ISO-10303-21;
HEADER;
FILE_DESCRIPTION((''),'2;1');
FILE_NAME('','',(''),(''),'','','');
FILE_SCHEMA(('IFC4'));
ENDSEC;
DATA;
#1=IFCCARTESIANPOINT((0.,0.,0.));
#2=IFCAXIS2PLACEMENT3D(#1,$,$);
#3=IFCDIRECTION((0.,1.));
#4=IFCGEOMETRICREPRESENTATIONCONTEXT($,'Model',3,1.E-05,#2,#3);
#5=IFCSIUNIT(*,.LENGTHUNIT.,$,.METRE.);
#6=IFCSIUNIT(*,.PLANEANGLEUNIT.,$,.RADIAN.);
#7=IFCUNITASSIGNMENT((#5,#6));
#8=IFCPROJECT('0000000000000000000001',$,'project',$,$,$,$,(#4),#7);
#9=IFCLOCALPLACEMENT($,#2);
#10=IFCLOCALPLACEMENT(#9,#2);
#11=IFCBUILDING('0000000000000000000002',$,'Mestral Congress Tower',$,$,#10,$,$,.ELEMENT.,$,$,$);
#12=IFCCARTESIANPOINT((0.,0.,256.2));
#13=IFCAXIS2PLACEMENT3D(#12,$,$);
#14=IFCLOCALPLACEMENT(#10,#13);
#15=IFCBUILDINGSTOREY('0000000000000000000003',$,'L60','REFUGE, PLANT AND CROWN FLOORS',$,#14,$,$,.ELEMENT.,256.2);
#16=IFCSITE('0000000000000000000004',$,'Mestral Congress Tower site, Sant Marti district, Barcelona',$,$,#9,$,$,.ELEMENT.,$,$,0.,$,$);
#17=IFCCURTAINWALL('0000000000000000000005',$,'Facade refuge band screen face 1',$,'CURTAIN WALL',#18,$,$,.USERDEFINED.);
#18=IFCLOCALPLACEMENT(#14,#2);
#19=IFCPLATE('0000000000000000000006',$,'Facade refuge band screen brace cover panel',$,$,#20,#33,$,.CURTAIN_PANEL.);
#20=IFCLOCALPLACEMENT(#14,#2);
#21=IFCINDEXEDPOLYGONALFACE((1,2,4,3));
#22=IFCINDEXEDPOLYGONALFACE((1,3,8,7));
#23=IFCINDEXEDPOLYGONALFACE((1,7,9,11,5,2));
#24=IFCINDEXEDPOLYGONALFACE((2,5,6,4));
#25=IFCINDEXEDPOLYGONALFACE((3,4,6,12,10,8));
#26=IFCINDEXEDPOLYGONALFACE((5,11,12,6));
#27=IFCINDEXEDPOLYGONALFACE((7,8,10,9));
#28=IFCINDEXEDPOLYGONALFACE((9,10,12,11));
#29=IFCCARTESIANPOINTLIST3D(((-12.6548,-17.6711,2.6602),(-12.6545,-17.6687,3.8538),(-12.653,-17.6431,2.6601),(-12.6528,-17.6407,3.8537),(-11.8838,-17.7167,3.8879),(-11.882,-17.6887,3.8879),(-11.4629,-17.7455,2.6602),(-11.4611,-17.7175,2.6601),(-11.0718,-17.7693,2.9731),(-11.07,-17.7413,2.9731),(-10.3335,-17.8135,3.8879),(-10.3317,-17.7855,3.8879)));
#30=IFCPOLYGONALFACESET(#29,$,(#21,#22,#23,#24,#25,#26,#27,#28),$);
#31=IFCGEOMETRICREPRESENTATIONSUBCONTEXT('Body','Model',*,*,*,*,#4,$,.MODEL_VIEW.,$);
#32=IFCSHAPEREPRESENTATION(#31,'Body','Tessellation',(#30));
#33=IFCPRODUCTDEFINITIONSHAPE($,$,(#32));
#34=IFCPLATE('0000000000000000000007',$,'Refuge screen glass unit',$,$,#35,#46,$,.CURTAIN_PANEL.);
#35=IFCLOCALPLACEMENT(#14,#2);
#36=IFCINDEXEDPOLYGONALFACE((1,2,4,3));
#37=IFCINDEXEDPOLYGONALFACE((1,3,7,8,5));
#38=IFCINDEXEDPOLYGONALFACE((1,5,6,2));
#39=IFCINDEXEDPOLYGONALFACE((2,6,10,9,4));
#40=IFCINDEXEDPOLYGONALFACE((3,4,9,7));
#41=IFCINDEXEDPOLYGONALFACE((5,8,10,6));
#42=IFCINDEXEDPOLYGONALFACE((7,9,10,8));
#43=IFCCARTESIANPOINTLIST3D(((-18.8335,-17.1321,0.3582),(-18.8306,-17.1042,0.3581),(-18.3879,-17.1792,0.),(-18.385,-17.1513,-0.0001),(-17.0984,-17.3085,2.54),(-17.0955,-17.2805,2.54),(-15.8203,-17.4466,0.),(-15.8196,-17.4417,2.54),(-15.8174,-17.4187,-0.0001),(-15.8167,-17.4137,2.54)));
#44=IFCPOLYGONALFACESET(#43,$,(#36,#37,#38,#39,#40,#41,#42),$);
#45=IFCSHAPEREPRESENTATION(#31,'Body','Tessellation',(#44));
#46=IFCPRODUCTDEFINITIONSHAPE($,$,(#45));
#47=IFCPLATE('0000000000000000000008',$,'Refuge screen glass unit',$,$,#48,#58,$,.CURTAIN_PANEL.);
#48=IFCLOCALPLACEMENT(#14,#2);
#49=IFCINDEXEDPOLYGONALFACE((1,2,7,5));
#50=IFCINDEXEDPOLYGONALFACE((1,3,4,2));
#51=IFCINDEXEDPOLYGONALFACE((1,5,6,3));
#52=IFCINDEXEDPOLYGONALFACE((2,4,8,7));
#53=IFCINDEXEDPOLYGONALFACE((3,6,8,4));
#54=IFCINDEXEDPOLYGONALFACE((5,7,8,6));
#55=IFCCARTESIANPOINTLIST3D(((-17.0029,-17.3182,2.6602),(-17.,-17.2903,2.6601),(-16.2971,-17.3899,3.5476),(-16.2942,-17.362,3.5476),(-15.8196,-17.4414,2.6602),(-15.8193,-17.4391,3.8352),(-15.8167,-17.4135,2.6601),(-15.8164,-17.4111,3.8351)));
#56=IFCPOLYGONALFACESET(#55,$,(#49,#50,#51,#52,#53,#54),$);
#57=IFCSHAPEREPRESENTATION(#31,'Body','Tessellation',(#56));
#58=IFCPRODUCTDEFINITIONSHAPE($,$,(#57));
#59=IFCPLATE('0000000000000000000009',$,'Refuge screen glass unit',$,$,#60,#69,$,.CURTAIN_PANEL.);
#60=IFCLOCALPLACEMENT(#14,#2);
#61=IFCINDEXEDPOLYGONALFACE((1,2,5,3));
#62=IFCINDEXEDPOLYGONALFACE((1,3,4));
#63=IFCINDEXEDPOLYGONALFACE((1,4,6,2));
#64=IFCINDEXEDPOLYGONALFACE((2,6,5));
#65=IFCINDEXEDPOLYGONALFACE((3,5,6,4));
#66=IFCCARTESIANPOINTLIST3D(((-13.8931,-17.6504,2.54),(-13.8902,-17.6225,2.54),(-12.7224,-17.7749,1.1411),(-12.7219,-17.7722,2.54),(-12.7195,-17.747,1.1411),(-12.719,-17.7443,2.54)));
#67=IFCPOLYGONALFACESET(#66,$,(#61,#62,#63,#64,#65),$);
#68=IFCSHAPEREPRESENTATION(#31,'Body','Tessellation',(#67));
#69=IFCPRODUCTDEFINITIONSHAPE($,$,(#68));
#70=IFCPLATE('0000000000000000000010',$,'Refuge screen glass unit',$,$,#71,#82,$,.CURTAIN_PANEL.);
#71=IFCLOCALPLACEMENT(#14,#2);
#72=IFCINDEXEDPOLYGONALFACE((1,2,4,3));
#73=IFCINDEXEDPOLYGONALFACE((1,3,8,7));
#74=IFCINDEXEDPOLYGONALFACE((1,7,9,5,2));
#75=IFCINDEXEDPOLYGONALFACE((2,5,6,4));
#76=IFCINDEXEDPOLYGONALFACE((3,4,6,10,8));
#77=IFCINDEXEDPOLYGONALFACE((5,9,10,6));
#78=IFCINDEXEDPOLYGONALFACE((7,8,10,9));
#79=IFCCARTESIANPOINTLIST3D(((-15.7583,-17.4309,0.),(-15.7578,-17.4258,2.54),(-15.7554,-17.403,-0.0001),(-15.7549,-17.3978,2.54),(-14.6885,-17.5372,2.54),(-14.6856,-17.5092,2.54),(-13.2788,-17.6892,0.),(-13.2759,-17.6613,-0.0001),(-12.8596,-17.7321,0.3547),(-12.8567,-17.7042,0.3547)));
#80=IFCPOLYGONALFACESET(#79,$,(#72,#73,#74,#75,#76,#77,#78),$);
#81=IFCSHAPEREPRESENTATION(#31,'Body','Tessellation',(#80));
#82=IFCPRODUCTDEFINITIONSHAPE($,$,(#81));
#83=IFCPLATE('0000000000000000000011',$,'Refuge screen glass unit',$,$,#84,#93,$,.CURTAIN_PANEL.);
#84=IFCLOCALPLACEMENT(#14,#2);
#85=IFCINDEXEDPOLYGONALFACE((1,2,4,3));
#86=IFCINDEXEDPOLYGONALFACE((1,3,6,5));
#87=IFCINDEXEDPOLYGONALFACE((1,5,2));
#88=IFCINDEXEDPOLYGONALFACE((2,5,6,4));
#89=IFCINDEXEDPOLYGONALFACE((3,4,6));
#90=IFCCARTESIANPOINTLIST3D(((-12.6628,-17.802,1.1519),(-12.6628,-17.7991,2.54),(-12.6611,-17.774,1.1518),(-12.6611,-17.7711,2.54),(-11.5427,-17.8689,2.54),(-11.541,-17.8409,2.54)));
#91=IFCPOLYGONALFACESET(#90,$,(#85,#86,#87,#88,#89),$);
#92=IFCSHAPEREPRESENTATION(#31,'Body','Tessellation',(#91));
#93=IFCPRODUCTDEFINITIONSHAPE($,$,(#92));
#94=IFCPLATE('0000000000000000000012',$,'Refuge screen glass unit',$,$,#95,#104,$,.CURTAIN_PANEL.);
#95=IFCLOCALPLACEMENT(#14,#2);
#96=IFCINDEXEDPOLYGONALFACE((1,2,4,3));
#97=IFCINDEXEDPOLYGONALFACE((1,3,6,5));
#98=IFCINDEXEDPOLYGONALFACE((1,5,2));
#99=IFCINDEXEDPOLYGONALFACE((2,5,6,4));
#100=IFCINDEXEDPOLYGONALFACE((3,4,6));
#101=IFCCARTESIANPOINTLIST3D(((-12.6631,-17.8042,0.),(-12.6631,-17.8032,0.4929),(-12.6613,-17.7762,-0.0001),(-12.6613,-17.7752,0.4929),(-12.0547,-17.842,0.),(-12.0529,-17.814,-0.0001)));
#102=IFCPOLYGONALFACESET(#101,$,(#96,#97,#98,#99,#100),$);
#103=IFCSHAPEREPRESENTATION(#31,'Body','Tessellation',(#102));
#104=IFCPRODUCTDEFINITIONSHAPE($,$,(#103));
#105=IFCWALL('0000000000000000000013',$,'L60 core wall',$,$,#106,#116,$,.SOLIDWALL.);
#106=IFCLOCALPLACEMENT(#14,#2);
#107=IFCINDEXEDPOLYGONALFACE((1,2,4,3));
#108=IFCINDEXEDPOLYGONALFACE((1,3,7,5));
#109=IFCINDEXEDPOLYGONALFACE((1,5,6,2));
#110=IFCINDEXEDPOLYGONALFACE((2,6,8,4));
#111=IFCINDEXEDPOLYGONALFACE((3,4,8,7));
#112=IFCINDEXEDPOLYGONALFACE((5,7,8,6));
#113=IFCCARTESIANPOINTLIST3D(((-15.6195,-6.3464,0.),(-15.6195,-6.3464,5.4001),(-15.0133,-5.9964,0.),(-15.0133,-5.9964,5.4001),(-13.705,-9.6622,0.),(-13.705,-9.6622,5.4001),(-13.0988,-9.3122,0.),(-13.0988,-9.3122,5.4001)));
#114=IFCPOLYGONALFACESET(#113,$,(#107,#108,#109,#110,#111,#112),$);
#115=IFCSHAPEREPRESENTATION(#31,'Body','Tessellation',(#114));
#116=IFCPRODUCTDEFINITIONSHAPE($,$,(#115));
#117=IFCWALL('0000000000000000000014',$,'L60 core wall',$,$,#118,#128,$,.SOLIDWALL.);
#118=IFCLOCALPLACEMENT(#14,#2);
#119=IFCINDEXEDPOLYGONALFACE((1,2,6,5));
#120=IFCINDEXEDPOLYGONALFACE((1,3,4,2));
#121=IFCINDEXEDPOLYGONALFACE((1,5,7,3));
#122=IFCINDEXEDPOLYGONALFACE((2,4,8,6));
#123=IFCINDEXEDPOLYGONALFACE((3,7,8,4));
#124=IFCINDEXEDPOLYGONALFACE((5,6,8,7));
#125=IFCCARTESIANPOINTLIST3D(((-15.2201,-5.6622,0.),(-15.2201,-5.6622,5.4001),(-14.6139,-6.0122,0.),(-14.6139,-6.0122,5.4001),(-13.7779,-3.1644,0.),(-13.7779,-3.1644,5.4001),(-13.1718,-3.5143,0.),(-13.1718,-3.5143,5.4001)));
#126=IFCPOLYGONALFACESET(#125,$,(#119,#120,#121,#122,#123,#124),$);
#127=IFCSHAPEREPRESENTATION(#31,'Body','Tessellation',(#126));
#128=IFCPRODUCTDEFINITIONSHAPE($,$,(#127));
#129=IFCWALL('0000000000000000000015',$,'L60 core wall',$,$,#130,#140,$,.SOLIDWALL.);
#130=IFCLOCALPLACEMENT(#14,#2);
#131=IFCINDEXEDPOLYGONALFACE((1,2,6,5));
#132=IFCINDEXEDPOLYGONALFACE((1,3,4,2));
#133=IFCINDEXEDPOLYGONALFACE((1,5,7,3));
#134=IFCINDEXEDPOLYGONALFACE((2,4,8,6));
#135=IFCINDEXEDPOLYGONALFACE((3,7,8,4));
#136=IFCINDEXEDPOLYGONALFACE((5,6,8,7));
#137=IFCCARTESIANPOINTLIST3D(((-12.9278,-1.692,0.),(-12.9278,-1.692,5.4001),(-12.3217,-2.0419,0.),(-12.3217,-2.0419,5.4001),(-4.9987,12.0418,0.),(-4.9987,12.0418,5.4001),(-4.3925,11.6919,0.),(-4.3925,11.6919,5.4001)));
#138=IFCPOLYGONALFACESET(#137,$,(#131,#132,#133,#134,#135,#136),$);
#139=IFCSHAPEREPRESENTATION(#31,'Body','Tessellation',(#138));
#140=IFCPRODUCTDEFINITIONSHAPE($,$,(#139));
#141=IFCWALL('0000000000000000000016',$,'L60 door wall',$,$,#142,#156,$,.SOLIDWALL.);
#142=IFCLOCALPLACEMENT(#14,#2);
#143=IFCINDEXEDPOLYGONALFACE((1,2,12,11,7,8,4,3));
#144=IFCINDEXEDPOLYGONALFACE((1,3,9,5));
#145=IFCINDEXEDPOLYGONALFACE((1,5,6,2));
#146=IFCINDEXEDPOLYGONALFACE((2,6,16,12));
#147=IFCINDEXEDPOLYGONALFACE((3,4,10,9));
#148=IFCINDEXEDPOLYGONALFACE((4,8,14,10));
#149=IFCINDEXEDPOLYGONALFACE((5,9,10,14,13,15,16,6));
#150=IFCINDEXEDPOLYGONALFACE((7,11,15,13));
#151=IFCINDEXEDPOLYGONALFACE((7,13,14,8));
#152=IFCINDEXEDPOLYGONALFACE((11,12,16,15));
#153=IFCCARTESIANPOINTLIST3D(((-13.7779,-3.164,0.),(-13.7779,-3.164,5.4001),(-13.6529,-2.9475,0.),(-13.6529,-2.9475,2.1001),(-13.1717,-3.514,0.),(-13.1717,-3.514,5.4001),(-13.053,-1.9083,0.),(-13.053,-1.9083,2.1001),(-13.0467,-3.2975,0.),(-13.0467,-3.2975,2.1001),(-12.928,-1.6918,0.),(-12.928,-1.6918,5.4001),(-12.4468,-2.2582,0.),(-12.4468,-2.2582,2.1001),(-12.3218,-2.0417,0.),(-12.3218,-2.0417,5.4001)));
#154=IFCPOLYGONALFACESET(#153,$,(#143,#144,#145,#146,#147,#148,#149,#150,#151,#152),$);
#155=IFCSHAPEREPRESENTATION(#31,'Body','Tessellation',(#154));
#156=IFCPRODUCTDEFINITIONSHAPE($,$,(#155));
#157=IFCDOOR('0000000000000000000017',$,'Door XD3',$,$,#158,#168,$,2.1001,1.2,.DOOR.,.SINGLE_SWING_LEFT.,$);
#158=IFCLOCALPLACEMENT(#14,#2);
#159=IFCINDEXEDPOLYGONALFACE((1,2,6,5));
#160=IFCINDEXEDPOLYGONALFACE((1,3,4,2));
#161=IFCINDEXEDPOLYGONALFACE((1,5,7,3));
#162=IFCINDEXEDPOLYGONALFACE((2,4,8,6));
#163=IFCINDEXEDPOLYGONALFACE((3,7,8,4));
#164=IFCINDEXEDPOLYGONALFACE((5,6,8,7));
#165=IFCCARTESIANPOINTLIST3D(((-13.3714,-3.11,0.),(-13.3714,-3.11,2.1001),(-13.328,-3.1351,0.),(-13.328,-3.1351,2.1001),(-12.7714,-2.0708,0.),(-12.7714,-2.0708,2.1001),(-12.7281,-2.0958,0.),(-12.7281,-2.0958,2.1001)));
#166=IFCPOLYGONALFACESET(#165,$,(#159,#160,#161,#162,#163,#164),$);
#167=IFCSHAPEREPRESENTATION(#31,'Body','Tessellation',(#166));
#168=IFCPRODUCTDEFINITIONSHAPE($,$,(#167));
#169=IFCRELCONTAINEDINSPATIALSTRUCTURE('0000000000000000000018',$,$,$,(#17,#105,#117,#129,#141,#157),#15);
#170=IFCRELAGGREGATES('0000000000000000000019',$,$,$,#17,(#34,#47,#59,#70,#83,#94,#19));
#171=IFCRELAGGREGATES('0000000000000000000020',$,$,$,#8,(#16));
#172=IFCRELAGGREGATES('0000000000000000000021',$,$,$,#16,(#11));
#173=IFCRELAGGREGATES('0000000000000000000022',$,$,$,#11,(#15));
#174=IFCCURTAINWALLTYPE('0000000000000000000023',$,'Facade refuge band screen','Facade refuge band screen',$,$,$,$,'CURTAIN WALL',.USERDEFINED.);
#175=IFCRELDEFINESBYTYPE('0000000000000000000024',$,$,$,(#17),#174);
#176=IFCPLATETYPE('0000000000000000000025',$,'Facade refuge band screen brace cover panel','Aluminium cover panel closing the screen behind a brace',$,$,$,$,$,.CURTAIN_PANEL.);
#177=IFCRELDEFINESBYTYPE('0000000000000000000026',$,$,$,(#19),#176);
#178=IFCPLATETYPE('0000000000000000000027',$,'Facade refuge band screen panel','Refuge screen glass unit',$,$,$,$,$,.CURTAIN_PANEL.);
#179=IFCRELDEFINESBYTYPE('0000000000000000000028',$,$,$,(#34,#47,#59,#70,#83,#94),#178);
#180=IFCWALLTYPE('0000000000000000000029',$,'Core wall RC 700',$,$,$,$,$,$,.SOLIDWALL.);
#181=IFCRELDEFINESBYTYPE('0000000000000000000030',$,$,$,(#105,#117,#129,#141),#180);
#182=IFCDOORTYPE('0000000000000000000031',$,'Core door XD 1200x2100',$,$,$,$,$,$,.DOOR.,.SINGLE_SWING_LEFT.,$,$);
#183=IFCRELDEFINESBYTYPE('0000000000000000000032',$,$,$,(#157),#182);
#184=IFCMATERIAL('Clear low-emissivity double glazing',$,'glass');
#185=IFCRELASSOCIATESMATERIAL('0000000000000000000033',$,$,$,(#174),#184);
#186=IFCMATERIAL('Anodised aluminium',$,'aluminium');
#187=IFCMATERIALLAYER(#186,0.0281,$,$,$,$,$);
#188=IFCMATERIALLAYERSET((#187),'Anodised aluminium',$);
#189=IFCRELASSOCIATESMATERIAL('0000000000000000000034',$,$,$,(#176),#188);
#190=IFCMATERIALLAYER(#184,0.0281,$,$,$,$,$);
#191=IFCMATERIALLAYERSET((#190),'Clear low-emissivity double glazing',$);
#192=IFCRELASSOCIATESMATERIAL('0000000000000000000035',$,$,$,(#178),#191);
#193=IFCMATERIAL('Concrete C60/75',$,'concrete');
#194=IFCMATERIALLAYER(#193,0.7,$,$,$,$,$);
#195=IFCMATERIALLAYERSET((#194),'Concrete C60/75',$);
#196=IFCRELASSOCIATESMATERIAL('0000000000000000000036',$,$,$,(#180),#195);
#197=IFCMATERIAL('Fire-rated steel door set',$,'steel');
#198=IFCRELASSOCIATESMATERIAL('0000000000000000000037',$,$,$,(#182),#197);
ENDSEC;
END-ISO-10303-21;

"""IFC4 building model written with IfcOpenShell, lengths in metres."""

from ifc_helpers import new_model, si_unit, direction, frame, frame_2d, origin, place, context, subcontext, project, spatial, polyline, rectangle, outline, extrude, material, layer, layer_set, type_object, element, fill, aggregate, save


model = new_model("IFC4")

# Units and contexts
model_context = context("Model", 3, precision=1e-05, world=origin(), true_north=direction((0.0, 1.0)))
body_context = subcontext(model_context, "Body", "Model", "MODEL_VIEW")
ifc_project = project(units=[si_unit("LENGTHUNIT", "METRE"), si_unit("PLANEANGLEUNIT", "RADIAN")], contexts=[model_context])

# Site, building, storey
site_placement = place(None, origin())
site = spatial("IfcSite", under=ifc_project, at=site_placement, Name="Mestral Congress Tower site, Sant Marti district, Barcelona", CompositionType="ELEMENT", RefElevation=0.0)
building_placement = place(site_placement, origin())
building = spatial("IfcBuilding", under=site, at=building_placement, Name="Mestral Congress Tower", CompositionType="ELEMENT")
storey_placement = place(building_placement, frame((0.0, 0.0, 256.2)))
storey = spatial("IfcBuildingStorey", under=building, at=storey_placement, Name="L60", Description="REFUGE, PLANT AND CROWN FLOORS", CompositionType="ELEMENT", Elevation=256.2)

# Curtain wall, plates
ifc_material_1 = material(Name="Clear low-emissivity double glazing", Category="glass")
curtain_wall_type = type_object("IfcCurtainWallType", Name="Facade refuge band screen", Description="Facade refuge band screen", ElementType="CURTAIN WALL", PredefinedType="USERDEFINED", material=ifc_material_1)
curtain_wall_placement = place(storey_placement, origin())
curtain_wall = element("IfcCurtainWall", 1, at=curtain_wall_placement, inside=storey, type_object=curtain_wall_type, Name="Facade refuge band screen face 1", ObjectType="CURTAIN WALL", PredefinedType="USERDEFINED")
ifc_material_2 = material(Name="Anodised aluminium", Category="aluminium")
ifc_layer_1 = layer(ifc_material_2, 0.0281)
ifc_layer_set_1 = layer_set([ifc_layer_1], Name="Anodised aluminium")
plate_type_1 = type_object("IfcPlateType", Name="Facade refuge band screen brace cover panel", Description="Aluminium cover panel closing the screen behind a brace", PredefinedType="CURTAIN_PANEL", material=ifc_layer_set_1)
plate_1_placement = place(storey_placement, frame((-12.6545, -17.6687, 3.8538), z_axis=(-0.06229, -0.998056, 0.002049), x_axis=(0.997088, -0.062138, 0.044216)))
plate_1 = element("IfcPlate", 2, at=plate_1_placement, type_object=plate_type_1, Name="Facade refuge band screen brace cover panel", PredefinedType="CURTAIN_PANEL", context=body_context, shape_type="SweptSolid", body=[
    extrude(outline(polyline([(0.0, 0.0), (0.773, 0.0), (2.3248, -0.0687), (1.5455, -0.9499), (1.1402, -1.2452), (-0.0529, -1.1924), (0.0, 0.0)])), origin(), (0.0, 0.0, -1.0), 0.0281),
])
ifc_layer_2 = layer(ifc_material_1, 0.0281)
ifc_layer_set_2 = layer_set([ifc_layer_2], Name="Clear low-emissivity double glazing")
plate_type_2 = type_object("IfcPlateType", Name="Facade refuge band screen panel", Description="Refuge screen glass unit", PredefinedType="CURTAIN_PANEL", material=ifc_layer_set_2)
plate_2_placement = place(storey_placement, frame((-15.8196, -17.4417, 2.54), z_axis=(-0.103593, -0.994618, 0.001986), x_axis=(-0.000293, -0.001966, -0.999998)))
plate_2 = element("IfcPlate", 3, at=plate_2_placement, type_object=plate_type_2, Name="Refuge screen glass unit", PredefinedType="CURTAIN_PANEL", context=body_context, shape_type="SweptSolid", body=[
    extrude(outline(polyline([(0.0, 0.0), (2.54, 0.0), (2.5403, -2.5815), (2.1822, -3.0296), (0.0001, -1.2857), (0.0, 0.0)])), origin(), (0.0, 0.0, -1.0), 0.0281),
])
plate_3_placement = place(storey_placement, frame((-15.8196, -17.4414, 2.6602), z_axis=(-0.103553, -0.994622, 0.002013), x_axis=(-0.994624, 0.103553, 0.0)))
plate_3 = element("IfcPlate", 4, at=plate_3_placement, type_object=plate_type_2, Name="Refuge screen glass unit", PredefinedType="CURTAIN_PANEL", context=body_context, shape_type="SweptSolid", body=[
    extrude(outline(polyline([(0.0, 0.0), (1.1898, 0.0), (0.4803, -0.8875), (0.0, -1.1751), (0.0, 0.0)])), origin(), (0.0, 0.0, -1.0), 0.0281),
])
plate_4_placement = place(storey_placement, frame((-12.7219, -17.7722, 2.54), z_axis=(-0.103465, -0.994631, 0.001946), x_axis=(-0.000349, -0.00192, -0.999998)))
plate_4 = element("IfcPlate", 5, at=plate_4_placement, type_object=plate_type_2, Name="Refuge screen glass unit", PredefinedType="CURTAIN_PANEL", context=body_context, shape_type="SweptSolid", body=[
    extrude(outline(polyline([(0.0, 0.0), (1.3989, 0.0), (0.0002, -1.1775), (0.0, 0.0)])), origin(), (0.0, 0.0, -1.0), 0.0281),
])
plate_5_placement = place(storey_placement, frame((-13.2788, -17.6892, 0.0), z_axis=(-0.103605, -0.994616, 0.002043), x_axis=(-0.994618, 0.103605, 0.0)))
plate_5 = element("IfcPlate", 6, at=plate_5_placement, type_object=plate_type_2, Name="Refuge screen glass unit", PredefinedType="CURTAIN_PANEL", context=body_context, shape_type="SweptSolid", body=[
    extrude(outline(polyline([(0.0, 0.0), (2.4929, 0.0), (2.493, -2.54), (1.4178, -2.54), (-0.4214, -0.3547), (0.0, 0.0)])), origin(), (0.0, 0.0, -1.0), 0.0281),
])
plate_6_placement = place(storey_placement, frame((-12.6628, -17.7991, 2.54), z_axis=(-0.062216, -0.998061, 0.002106), x_axis=(0.998063, -0.062216, 0.0)))
plate_6 = element("IfcPlate", 7, at=plate_6_placement, type_object=plate_type_2, Name="Refuge screen glass unit", PredefinedType="CURTAIN_PANEL", context=body_context, shape_type="SweptSolid", body=[
    extrude(outline(polyline([(0.0, 0.0), (1.1223, 0.0), (0.0002, -1.3882), (0.0, 0.0)])), origin(), (0.0, 0.0, -1.0), 0.0281),
])
plate_7_placement = place(storey_placement, frame((-12.6631, -17.8042, 0.0), z_axis=(-0.062079, -0.998069, 0.001977), x_axis=(0.0, 0.001981, 0.999998)))
plate_7 = element("IfcPlate", 8, at=plate_7_placement, type_object=plate_type_2, Name="Refuge screen glass unit", PredefinedType="CURTAIN_PANEL", context=body_context, shape_type="SweptSolid", body=[
    extrude(outline(polyline([(0.0, 0.0), (0.4929, 0.0), (-0.0001, -0.6096), (0.0, 0.0)])), origin(), (0.0, 0.0, -1.0), 0.0281),
])

# Walls
ifc_material_3 = material(Name="Concrete C60/75", Category="concrete")
ifc_layer_3 = layer(ifc_material_3, 0.7)
ifc_layer_set_3 = layer_set([ifc_layer_3], Name="Concrete C60/75")
wall_type_1 = type_object("IfcWallType", Name="Core wall RC 700", PredefinedType="SOLIDWALL", material=ifc_layer_set_3)
wall_1_placement = place(storey_placement, frame((-13.4019, -9.4873, 0.0), z_axis=(0.0, 0.0, 1.0), x_axis=(-0.50002, 0.866014, 0.0)))
element("IfcWall", 9, at=wall_1_placement, inside=storey, type_object=wall_type_1, Name="L60 core wall", PredefinedType="SOLIDWALL", context=body_context, shape_type="SweptSolid", body=[
    extrude(rectangle(XDim=3.8289, YDim=0.7, at=frame_2d((1.9146, 0.0))), origin(), (0.0, 0.0, 1.0), 5.4001),
])
wall_2_placement = place(storey_placement, frame((-13.4749, -3.3394, 0.0), z_axis=(0.0, 0.0, 1.0), x_axis=(-0.500008, -0.866021, 0.0)))
element("IfcWall", 10, at=wall_2_placement, inside=storey, type_object=wall_type_1, Name="L60 core wall", PredefinedType="SOLIDWALL", context=body_context, shape_type="SweptSolid", body=[
    extrude(rectangle(XDim=2.8843, YDim=0.7, at=frame_2d((1.4421, 0.0))), origin(), (0.0, 0.0, 1.0), 5.4001),
])
wall_3_placement = place(storey_placement, frame((-12.6248, -1.8669, 0.0), z_axis=(0.0, 0.0, 1.0), x_axis=(0.499997, 0.866027, 0.0)))
element("IfcWall", 11, at=wall_3_placement, inside=storey, type_object=wall_type_1, Name="L60 core wall", PredefinedType="SOLIDWALL", context=body_context, shape_type="SweptSolid", body=[
    extrude(rectangle(XDim=15.8584, YDim=0.7, at=frame_2d((7.9292, 0.0))), origin(), (0.0, 0.0, 1.0), 5.4001),
])

# Wall, opening, door
wall_4_placement = place(storey_placement, frame((-13.4749, -3.3391, 0.0), z_axis=(0.0, 0.0, 1.0), x_axis=(0.499955, 0.866052, 0.0)))
wall_4 = element("IfcWall", 12, at=wall_4_placement, inside=storey, type_object=wall_type_1, Name="L60 door wall", PredefinedType="SOLIDWALL", context=body_context, shape_type="SweptSolid", body=[
    extrude(rectangle(XDim=1.7, YDim=0.7, at=frame_2d((0.8501, 0.0))), origin(), (0.0, 0.0, 1.0), 5.4001),
])
opening_1_placement = place(wall_4_placement, frame((0.25, 0.0, 0.0)))
opening_1 = element("IfcOpeningElement", 13, at=opening_1_placement, cuts=wall_4, PredefinedType="OPENING", context=body_context, shape_type="SweptSolid", body=[
    extrude(rectangle(XDim=1.2, YDim=2.1001, at=frame_2d((0.6001, 1.05))), frame((0.0, 0.3599, 0.0), z_axis=(0.0, -1.0, 0.0), x_axis=(1.0, 0.0, 0.0)), (0.0, 0.0, 1.0), 0.72),
])
ifc_material_4 = material(Name="Fire-rated steel door set", Category="steel")
door_type_1 = type_object("IfcDoorType", Name="Core door XD 1200x2100", OperationType="SINGLE_SWING_LEFT", PredefinedType="DOOR", material=ifc_material_4)
door_1_placement = place(opening_1_placement, origin())
door_1 = element("IfcDoor", 14, at=door_1_placement, inside=storey, type_object=door_type_1, Name="Door XD3", OperationType="SINGLE_SWING_LEFT", OverallHeight=2.1001, OverallWidth=1.2, PredefinedType="DOOR", context=body_context, shape_type="SweptSolid", body=[
    extrude(rectangle(XDim=1.2, YDim=2.1001, at=frame_2d((0.6001, 1.05))), frame((0.0, 0.0249, 0.0), z_axis=(0.0, -1.0, 0.0), x_axis=(1.0, 0.0, 0.0)), (0.0, 0.0, 1.0), 0.05),
])
fill(opening_1, door_1)

aggregate(curtain_wall, [plate_2, plate_3, plate_4, plate_5, plate_6, plate_7, plate_1])

save(model, "model.ifc")
